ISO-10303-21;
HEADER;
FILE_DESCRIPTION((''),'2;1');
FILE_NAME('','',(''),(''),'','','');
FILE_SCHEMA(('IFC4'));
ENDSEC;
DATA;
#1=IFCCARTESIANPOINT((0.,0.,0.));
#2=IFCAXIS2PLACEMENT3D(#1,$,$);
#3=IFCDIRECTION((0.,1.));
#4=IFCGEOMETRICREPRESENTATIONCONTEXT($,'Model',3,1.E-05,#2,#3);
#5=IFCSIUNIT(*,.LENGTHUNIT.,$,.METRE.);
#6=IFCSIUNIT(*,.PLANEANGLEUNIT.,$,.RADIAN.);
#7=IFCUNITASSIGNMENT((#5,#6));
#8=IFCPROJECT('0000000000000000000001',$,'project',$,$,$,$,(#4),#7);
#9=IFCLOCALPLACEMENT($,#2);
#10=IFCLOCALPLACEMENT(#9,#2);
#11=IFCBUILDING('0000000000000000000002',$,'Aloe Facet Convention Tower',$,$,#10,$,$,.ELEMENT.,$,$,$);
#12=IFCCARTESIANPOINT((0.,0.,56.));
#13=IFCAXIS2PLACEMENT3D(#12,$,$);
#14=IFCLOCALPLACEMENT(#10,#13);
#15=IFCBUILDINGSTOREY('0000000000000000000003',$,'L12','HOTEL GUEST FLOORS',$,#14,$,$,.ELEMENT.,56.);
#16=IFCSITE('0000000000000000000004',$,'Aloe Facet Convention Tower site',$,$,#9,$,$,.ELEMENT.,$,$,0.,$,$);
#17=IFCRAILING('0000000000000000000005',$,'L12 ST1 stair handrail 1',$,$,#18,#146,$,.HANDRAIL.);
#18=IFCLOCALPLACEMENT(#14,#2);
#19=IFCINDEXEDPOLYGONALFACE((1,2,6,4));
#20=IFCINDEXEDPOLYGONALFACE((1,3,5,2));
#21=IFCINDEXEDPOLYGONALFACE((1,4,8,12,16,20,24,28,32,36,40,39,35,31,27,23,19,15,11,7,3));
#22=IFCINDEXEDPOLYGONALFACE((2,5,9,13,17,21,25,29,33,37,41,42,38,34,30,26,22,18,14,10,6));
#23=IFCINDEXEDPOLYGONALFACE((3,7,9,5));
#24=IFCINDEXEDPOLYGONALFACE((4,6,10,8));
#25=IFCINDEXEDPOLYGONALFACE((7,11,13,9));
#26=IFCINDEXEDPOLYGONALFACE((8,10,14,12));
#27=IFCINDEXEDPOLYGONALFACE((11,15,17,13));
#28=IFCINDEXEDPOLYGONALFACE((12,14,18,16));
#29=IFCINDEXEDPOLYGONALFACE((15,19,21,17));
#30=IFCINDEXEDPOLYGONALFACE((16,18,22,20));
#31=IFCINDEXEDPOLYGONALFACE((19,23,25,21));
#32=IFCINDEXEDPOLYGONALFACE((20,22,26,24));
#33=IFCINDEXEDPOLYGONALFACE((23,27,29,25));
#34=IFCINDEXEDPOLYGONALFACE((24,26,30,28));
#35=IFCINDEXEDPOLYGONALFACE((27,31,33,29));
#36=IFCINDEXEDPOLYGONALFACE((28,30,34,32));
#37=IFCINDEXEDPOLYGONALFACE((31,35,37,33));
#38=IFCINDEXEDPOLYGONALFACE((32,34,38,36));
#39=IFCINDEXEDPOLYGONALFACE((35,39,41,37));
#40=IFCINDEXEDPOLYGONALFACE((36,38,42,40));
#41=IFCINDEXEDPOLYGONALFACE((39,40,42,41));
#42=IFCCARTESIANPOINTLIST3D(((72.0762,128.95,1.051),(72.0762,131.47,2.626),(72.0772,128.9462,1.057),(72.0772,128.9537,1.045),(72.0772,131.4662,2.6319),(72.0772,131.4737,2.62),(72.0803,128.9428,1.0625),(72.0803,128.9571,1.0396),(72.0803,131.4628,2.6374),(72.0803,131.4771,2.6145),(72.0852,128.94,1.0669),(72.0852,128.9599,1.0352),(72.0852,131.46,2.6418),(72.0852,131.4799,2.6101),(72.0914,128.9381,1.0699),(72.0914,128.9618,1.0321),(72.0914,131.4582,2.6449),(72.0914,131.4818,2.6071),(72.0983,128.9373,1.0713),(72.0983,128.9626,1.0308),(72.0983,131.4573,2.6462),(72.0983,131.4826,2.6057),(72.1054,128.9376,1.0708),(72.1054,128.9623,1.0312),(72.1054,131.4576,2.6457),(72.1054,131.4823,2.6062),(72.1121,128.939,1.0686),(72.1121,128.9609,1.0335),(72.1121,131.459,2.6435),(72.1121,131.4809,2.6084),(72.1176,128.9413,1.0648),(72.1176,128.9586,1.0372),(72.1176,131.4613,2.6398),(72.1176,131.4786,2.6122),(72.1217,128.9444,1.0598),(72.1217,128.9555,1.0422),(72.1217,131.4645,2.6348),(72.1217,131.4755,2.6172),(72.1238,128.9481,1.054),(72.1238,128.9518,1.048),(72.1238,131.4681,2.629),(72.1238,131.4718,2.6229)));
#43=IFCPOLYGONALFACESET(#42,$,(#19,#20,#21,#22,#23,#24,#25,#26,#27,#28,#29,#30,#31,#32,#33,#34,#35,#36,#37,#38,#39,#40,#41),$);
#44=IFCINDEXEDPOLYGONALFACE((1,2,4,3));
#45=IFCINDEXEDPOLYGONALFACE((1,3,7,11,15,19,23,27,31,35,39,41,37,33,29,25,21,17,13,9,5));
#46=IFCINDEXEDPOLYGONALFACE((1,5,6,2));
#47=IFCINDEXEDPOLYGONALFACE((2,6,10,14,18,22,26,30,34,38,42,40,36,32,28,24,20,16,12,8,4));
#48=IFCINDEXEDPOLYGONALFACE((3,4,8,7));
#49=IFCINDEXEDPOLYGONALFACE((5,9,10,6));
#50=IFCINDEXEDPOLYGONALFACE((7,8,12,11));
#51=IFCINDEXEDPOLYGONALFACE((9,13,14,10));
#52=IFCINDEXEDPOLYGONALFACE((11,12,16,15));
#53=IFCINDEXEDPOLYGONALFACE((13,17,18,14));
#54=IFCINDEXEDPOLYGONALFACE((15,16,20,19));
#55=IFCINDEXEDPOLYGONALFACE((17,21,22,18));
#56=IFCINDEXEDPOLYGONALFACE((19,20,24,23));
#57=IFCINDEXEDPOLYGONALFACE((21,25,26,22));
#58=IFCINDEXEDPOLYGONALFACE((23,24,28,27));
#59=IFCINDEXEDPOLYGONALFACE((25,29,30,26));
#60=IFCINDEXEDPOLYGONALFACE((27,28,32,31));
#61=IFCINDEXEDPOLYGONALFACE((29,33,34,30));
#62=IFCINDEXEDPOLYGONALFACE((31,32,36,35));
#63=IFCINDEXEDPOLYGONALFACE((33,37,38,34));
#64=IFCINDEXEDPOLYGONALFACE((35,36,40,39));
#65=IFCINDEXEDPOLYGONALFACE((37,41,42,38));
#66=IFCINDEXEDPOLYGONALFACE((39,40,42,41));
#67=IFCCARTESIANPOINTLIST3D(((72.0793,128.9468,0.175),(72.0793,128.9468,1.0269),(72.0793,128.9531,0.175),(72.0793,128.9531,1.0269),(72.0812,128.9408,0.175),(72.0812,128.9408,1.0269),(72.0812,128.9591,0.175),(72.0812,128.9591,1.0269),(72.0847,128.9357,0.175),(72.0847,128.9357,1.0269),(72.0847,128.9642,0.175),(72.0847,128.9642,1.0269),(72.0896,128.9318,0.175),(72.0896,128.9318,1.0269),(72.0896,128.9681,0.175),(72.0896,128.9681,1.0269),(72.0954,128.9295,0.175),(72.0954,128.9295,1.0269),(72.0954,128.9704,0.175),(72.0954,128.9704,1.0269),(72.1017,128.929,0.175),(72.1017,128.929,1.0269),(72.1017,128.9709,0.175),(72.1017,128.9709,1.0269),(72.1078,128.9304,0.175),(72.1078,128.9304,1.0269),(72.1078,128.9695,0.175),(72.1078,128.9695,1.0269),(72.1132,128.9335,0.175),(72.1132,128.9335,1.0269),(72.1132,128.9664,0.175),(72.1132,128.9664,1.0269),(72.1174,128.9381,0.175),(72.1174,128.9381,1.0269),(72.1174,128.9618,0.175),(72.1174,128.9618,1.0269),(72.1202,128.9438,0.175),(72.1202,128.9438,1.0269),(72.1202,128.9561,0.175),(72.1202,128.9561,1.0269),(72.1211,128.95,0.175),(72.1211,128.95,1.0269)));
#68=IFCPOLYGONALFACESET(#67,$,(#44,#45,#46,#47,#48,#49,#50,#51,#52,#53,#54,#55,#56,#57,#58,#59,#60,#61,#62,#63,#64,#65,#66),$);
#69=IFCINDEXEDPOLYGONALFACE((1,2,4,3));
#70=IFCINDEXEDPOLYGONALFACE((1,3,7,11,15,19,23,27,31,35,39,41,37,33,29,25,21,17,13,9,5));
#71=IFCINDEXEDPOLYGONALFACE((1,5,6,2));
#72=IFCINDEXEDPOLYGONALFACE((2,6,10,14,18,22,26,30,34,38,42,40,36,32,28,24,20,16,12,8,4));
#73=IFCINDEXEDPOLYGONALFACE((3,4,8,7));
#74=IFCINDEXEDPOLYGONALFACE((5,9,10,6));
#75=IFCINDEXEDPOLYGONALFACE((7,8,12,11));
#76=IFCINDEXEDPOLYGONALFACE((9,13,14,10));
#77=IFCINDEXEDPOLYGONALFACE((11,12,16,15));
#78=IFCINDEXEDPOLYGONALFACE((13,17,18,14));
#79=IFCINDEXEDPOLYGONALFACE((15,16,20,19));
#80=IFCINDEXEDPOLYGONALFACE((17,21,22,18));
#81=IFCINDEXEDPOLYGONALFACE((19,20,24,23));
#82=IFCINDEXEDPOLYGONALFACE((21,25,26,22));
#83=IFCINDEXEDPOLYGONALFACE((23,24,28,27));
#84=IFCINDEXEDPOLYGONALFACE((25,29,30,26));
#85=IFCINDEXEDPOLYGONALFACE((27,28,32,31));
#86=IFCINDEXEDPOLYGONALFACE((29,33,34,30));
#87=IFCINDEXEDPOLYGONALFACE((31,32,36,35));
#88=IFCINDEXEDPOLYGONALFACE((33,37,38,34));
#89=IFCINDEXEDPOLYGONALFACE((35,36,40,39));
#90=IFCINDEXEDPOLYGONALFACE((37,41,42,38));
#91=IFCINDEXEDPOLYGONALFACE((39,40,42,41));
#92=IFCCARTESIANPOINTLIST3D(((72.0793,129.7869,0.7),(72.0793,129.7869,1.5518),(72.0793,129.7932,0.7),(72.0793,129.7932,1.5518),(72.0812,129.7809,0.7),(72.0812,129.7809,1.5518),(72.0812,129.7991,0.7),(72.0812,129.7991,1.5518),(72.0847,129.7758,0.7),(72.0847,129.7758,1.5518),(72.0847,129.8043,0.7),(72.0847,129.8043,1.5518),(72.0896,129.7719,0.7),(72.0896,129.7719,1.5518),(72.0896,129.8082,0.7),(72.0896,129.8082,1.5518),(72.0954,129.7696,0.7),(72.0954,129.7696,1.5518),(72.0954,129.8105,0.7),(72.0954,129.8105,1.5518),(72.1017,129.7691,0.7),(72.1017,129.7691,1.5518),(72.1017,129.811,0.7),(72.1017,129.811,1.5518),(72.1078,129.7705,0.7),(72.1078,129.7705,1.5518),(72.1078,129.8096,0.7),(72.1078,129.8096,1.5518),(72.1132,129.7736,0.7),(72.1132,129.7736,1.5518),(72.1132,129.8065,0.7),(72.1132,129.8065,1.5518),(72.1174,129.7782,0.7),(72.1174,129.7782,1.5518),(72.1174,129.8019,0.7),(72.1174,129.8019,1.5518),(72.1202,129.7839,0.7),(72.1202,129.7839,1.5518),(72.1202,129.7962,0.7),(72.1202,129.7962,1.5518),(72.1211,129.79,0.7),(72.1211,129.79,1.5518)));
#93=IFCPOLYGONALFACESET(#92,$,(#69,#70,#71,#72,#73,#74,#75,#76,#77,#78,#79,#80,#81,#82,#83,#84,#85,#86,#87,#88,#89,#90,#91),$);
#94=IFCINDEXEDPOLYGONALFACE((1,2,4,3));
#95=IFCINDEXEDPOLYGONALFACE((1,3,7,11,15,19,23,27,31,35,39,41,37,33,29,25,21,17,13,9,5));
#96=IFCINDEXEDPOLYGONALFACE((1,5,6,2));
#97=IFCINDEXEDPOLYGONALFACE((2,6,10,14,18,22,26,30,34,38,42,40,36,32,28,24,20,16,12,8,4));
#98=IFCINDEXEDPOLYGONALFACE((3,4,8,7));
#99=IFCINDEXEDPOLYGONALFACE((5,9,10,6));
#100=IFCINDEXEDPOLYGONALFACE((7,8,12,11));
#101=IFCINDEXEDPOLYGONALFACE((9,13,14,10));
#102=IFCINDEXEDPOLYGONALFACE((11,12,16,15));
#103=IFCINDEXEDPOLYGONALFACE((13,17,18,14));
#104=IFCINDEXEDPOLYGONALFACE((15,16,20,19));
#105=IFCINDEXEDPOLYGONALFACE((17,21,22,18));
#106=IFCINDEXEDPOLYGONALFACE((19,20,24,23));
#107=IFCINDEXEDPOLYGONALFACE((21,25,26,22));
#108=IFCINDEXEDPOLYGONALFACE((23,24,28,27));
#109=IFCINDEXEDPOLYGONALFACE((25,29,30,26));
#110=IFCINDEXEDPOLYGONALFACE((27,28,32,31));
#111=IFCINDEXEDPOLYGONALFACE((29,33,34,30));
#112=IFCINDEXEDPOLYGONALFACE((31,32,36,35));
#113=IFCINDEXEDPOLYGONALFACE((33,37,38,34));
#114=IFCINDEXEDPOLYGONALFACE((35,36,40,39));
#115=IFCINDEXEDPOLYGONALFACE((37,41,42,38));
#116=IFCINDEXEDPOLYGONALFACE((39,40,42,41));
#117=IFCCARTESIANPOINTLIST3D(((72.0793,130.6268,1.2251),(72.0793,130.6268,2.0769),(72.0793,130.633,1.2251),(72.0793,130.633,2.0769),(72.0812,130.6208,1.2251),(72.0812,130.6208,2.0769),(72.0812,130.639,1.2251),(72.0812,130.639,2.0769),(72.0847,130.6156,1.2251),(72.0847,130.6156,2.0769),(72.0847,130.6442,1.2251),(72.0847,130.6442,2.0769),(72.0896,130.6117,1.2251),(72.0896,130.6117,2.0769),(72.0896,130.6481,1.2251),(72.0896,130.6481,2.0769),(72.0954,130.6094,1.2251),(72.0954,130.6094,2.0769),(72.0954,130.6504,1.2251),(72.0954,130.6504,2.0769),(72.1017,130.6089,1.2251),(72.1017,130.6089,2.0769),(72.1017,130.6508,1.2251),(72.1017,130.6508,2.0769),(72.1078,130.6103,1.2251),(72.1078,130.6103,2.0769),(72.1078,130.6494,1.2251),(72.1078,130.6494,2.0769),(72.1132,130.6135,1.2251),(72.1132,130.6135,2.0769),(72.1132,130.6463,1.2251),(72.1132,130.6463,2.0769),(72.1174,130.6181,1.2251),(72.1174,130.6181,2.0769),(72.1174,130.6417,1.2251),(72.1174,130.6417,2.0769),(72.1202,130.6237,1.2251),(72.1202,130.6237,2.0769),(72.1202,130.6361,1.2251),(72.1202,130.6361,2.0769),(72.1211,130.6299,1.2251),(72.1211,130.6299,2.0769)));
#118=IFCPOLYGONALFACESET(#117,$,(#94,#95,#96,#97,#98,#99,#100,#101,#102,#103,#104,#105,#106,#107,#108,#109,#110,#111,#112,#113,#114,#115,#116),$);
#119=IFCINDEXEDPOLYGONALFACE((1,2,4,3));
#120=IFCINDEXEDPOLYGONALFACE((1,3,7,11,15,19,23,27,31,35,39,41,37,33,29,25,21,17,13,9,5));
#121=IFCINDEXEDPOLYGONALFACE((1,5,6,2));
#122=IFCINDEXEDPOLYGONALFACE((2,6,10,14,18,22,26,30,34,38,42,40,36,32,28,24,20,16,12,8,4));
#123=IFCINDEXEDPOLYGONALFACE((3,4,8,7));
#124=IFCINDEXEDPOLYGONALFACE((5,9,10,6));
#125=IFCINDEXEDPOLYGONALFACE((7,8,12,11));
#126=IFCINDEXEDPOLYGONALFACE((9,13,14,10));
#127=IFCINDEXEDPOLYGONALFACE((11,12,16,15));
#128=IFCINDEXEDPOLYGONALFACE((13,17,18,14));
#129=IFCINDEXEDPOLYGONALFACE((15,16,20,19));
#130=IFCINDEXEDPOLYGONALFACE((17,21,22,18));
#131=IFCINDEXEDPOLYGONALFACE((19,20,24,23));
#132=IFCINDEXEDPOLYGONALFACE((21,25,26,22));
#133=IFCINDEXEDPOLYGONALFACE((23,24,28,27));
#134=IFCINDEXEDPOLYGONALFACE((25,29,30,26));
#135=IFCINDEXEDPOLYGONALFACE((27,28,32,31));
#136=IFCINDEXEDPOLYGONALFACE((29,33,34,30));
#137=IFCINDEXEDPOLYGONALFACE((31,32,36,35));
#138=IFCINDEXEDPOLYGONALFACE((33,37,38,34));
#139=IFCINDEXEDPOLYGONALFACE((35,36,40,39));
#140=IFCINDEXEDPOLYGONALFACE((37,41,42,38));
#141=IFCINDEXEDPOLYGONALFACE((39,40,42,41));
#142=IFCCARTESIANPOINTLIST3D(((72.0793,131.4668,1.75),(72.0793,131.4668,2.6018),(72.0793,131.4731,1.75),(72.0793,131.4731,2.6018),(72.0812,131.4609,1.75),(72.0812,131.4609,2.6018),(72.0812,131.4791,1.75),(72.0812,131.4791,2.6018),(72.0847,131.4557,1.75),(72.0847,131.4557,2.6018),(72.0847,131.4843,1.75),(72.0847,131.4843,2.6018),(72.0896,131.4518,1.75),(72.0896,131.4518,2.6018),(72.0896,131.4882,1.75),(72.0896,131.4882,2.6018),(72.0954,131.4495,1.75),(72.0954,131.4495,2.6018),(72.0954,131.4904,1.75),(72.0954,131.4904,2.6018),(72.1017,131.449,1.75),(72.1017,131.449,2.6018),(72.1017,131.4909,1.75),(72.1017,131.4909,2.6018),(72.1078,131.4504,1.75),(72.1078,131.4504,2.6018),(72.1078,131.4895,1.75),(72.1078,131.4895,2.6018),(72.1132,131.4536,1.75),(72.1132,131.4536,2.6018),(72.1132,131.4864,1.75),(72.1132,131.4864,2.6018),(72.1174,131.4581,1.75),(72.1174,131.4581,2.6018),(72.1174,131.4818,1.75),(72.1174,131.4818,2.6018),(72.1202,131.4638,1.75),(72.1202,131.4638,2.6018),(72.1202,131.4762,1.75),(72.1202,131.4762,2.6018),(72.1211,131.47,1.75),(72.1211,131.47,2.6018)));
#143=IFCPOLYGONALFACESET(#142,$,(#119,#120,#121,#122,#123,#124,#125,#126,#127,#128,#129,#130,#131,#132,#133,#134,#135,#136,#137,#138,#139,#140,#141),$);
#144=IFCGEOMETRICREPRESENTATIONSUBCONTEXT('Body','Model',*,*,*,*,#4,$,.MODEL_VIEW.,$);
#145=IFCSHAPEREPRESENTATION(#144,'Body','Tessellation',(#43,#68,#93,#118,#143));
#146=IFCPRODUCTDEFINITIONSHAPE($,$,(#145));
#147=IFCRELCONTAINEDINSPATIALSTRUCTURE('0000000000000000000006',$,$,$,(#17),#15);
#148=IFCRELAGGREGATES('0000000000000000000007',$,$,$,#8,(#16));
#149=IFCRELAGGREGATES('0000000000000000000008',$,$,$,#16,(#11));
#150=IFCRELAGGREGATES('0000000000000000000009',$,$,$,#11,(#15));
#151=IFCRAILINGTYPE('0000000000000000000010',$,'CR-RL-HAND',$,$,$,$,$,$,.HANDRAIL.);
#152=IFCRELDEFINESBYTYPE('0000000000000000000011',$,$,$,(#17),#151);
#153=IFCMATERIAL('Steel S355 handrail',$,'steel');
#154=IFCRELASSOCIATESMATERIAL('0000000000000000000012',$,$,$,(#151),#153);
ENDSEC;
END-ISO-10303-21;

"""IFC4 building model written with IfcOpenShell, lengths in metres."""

from ifc_helpers import new_model, si_unit, direction, frame, origin, origin_2d, place, context, subcontext, project, spatial, circle, extrude, material, type_object, element, save


model = new_model("IFC4")

# Units and contexts
model_context = context("Model", 3, precision=1e-05, world=origin(), true_north=direction((0.0, 1.0)))
body_context = subcontext(model_context, "Body", "Model", "MODEL_VIEW")
ifc_project = project(units=[si_unit("LENGTHUNIT", "METRE"), si_unit("PLANEANGLEUNIT", "RADIAN")], contexts=[model_context])

# Site, building, storey
site_placement = place(None, origin())
site = spatial("IfcSite", under=ifc_project, at=site_placement, Name="Aloe Facet Convention Tower site", CompositionType="ELEMENT", RefElevation=0.0)
building_placement = place(site_placement, origin())
building = spatial("IfcBuilding", under=site, at=building_placement, Name="Aloe Facet Convention Tower", CompositionType="ELEMENT")
storey_placement = place(building_placement, frame((0.0, 0.0, 56.0)))
storey = spatial("IfcBuildingStorey", under=building, at=storey_placement, Name="L12", Description="HOTEL GUEST FLOORS", CompositionType="ELEMENT", Elevation=56.0)

# Railing
ifc_material_1 = material(Name="Steel S355 handrail", Category="steel")
railing_type_1 = type_object("IfcRailingType", Name="CR-RL-HAND", PredefinedType="HANDRAIL", material=ifc_material_1)
railing_1_placement = place(storey_placement, frame((72.1001, 128.95, 0.175)))
element("IfcRailing", 1, at=railing_1_placement, inside=storey, type_object=railing_type_1, Name="L12 ST1 stair handrail 1", PredefinedType="HANDRAIL", context=body_context, shape_type="SweptSolid", body=[
    extrude(circle(Radius=0.0239, at=origin_2d()), frame((0.0, 0.0, 0.876), z_axis=(0.0, 0.848008, 0.529984), x_axis=(-1.0, 0.0, 0.0)), (0.0, 0.0, 1.0), 2.9717),
    extrude(circle(Radius=0.021, at=origin_2d()), origin(), (0.0, 0.0, 1.0), 0.8518),
    extrude(circle(Radius=0.021, at=origin_2d()), frame((0.0, 0.8401, 0.5249)), (0.0, 0.0, 1.0), 0.8518),
    extrude(circle(Radius=0.021, at=origin_2d()), frame((0.0, 1.6799, 1.05)), (0.0, 0.0, 1.0), 0.8518),
    extrude(circle(Radius=0.021, at=origin_2d()), frame((0.0, 2.52, 1.575)), (0.0, 0.0, 1.0), 0.8518),
])

save(model, "model.ifc")
